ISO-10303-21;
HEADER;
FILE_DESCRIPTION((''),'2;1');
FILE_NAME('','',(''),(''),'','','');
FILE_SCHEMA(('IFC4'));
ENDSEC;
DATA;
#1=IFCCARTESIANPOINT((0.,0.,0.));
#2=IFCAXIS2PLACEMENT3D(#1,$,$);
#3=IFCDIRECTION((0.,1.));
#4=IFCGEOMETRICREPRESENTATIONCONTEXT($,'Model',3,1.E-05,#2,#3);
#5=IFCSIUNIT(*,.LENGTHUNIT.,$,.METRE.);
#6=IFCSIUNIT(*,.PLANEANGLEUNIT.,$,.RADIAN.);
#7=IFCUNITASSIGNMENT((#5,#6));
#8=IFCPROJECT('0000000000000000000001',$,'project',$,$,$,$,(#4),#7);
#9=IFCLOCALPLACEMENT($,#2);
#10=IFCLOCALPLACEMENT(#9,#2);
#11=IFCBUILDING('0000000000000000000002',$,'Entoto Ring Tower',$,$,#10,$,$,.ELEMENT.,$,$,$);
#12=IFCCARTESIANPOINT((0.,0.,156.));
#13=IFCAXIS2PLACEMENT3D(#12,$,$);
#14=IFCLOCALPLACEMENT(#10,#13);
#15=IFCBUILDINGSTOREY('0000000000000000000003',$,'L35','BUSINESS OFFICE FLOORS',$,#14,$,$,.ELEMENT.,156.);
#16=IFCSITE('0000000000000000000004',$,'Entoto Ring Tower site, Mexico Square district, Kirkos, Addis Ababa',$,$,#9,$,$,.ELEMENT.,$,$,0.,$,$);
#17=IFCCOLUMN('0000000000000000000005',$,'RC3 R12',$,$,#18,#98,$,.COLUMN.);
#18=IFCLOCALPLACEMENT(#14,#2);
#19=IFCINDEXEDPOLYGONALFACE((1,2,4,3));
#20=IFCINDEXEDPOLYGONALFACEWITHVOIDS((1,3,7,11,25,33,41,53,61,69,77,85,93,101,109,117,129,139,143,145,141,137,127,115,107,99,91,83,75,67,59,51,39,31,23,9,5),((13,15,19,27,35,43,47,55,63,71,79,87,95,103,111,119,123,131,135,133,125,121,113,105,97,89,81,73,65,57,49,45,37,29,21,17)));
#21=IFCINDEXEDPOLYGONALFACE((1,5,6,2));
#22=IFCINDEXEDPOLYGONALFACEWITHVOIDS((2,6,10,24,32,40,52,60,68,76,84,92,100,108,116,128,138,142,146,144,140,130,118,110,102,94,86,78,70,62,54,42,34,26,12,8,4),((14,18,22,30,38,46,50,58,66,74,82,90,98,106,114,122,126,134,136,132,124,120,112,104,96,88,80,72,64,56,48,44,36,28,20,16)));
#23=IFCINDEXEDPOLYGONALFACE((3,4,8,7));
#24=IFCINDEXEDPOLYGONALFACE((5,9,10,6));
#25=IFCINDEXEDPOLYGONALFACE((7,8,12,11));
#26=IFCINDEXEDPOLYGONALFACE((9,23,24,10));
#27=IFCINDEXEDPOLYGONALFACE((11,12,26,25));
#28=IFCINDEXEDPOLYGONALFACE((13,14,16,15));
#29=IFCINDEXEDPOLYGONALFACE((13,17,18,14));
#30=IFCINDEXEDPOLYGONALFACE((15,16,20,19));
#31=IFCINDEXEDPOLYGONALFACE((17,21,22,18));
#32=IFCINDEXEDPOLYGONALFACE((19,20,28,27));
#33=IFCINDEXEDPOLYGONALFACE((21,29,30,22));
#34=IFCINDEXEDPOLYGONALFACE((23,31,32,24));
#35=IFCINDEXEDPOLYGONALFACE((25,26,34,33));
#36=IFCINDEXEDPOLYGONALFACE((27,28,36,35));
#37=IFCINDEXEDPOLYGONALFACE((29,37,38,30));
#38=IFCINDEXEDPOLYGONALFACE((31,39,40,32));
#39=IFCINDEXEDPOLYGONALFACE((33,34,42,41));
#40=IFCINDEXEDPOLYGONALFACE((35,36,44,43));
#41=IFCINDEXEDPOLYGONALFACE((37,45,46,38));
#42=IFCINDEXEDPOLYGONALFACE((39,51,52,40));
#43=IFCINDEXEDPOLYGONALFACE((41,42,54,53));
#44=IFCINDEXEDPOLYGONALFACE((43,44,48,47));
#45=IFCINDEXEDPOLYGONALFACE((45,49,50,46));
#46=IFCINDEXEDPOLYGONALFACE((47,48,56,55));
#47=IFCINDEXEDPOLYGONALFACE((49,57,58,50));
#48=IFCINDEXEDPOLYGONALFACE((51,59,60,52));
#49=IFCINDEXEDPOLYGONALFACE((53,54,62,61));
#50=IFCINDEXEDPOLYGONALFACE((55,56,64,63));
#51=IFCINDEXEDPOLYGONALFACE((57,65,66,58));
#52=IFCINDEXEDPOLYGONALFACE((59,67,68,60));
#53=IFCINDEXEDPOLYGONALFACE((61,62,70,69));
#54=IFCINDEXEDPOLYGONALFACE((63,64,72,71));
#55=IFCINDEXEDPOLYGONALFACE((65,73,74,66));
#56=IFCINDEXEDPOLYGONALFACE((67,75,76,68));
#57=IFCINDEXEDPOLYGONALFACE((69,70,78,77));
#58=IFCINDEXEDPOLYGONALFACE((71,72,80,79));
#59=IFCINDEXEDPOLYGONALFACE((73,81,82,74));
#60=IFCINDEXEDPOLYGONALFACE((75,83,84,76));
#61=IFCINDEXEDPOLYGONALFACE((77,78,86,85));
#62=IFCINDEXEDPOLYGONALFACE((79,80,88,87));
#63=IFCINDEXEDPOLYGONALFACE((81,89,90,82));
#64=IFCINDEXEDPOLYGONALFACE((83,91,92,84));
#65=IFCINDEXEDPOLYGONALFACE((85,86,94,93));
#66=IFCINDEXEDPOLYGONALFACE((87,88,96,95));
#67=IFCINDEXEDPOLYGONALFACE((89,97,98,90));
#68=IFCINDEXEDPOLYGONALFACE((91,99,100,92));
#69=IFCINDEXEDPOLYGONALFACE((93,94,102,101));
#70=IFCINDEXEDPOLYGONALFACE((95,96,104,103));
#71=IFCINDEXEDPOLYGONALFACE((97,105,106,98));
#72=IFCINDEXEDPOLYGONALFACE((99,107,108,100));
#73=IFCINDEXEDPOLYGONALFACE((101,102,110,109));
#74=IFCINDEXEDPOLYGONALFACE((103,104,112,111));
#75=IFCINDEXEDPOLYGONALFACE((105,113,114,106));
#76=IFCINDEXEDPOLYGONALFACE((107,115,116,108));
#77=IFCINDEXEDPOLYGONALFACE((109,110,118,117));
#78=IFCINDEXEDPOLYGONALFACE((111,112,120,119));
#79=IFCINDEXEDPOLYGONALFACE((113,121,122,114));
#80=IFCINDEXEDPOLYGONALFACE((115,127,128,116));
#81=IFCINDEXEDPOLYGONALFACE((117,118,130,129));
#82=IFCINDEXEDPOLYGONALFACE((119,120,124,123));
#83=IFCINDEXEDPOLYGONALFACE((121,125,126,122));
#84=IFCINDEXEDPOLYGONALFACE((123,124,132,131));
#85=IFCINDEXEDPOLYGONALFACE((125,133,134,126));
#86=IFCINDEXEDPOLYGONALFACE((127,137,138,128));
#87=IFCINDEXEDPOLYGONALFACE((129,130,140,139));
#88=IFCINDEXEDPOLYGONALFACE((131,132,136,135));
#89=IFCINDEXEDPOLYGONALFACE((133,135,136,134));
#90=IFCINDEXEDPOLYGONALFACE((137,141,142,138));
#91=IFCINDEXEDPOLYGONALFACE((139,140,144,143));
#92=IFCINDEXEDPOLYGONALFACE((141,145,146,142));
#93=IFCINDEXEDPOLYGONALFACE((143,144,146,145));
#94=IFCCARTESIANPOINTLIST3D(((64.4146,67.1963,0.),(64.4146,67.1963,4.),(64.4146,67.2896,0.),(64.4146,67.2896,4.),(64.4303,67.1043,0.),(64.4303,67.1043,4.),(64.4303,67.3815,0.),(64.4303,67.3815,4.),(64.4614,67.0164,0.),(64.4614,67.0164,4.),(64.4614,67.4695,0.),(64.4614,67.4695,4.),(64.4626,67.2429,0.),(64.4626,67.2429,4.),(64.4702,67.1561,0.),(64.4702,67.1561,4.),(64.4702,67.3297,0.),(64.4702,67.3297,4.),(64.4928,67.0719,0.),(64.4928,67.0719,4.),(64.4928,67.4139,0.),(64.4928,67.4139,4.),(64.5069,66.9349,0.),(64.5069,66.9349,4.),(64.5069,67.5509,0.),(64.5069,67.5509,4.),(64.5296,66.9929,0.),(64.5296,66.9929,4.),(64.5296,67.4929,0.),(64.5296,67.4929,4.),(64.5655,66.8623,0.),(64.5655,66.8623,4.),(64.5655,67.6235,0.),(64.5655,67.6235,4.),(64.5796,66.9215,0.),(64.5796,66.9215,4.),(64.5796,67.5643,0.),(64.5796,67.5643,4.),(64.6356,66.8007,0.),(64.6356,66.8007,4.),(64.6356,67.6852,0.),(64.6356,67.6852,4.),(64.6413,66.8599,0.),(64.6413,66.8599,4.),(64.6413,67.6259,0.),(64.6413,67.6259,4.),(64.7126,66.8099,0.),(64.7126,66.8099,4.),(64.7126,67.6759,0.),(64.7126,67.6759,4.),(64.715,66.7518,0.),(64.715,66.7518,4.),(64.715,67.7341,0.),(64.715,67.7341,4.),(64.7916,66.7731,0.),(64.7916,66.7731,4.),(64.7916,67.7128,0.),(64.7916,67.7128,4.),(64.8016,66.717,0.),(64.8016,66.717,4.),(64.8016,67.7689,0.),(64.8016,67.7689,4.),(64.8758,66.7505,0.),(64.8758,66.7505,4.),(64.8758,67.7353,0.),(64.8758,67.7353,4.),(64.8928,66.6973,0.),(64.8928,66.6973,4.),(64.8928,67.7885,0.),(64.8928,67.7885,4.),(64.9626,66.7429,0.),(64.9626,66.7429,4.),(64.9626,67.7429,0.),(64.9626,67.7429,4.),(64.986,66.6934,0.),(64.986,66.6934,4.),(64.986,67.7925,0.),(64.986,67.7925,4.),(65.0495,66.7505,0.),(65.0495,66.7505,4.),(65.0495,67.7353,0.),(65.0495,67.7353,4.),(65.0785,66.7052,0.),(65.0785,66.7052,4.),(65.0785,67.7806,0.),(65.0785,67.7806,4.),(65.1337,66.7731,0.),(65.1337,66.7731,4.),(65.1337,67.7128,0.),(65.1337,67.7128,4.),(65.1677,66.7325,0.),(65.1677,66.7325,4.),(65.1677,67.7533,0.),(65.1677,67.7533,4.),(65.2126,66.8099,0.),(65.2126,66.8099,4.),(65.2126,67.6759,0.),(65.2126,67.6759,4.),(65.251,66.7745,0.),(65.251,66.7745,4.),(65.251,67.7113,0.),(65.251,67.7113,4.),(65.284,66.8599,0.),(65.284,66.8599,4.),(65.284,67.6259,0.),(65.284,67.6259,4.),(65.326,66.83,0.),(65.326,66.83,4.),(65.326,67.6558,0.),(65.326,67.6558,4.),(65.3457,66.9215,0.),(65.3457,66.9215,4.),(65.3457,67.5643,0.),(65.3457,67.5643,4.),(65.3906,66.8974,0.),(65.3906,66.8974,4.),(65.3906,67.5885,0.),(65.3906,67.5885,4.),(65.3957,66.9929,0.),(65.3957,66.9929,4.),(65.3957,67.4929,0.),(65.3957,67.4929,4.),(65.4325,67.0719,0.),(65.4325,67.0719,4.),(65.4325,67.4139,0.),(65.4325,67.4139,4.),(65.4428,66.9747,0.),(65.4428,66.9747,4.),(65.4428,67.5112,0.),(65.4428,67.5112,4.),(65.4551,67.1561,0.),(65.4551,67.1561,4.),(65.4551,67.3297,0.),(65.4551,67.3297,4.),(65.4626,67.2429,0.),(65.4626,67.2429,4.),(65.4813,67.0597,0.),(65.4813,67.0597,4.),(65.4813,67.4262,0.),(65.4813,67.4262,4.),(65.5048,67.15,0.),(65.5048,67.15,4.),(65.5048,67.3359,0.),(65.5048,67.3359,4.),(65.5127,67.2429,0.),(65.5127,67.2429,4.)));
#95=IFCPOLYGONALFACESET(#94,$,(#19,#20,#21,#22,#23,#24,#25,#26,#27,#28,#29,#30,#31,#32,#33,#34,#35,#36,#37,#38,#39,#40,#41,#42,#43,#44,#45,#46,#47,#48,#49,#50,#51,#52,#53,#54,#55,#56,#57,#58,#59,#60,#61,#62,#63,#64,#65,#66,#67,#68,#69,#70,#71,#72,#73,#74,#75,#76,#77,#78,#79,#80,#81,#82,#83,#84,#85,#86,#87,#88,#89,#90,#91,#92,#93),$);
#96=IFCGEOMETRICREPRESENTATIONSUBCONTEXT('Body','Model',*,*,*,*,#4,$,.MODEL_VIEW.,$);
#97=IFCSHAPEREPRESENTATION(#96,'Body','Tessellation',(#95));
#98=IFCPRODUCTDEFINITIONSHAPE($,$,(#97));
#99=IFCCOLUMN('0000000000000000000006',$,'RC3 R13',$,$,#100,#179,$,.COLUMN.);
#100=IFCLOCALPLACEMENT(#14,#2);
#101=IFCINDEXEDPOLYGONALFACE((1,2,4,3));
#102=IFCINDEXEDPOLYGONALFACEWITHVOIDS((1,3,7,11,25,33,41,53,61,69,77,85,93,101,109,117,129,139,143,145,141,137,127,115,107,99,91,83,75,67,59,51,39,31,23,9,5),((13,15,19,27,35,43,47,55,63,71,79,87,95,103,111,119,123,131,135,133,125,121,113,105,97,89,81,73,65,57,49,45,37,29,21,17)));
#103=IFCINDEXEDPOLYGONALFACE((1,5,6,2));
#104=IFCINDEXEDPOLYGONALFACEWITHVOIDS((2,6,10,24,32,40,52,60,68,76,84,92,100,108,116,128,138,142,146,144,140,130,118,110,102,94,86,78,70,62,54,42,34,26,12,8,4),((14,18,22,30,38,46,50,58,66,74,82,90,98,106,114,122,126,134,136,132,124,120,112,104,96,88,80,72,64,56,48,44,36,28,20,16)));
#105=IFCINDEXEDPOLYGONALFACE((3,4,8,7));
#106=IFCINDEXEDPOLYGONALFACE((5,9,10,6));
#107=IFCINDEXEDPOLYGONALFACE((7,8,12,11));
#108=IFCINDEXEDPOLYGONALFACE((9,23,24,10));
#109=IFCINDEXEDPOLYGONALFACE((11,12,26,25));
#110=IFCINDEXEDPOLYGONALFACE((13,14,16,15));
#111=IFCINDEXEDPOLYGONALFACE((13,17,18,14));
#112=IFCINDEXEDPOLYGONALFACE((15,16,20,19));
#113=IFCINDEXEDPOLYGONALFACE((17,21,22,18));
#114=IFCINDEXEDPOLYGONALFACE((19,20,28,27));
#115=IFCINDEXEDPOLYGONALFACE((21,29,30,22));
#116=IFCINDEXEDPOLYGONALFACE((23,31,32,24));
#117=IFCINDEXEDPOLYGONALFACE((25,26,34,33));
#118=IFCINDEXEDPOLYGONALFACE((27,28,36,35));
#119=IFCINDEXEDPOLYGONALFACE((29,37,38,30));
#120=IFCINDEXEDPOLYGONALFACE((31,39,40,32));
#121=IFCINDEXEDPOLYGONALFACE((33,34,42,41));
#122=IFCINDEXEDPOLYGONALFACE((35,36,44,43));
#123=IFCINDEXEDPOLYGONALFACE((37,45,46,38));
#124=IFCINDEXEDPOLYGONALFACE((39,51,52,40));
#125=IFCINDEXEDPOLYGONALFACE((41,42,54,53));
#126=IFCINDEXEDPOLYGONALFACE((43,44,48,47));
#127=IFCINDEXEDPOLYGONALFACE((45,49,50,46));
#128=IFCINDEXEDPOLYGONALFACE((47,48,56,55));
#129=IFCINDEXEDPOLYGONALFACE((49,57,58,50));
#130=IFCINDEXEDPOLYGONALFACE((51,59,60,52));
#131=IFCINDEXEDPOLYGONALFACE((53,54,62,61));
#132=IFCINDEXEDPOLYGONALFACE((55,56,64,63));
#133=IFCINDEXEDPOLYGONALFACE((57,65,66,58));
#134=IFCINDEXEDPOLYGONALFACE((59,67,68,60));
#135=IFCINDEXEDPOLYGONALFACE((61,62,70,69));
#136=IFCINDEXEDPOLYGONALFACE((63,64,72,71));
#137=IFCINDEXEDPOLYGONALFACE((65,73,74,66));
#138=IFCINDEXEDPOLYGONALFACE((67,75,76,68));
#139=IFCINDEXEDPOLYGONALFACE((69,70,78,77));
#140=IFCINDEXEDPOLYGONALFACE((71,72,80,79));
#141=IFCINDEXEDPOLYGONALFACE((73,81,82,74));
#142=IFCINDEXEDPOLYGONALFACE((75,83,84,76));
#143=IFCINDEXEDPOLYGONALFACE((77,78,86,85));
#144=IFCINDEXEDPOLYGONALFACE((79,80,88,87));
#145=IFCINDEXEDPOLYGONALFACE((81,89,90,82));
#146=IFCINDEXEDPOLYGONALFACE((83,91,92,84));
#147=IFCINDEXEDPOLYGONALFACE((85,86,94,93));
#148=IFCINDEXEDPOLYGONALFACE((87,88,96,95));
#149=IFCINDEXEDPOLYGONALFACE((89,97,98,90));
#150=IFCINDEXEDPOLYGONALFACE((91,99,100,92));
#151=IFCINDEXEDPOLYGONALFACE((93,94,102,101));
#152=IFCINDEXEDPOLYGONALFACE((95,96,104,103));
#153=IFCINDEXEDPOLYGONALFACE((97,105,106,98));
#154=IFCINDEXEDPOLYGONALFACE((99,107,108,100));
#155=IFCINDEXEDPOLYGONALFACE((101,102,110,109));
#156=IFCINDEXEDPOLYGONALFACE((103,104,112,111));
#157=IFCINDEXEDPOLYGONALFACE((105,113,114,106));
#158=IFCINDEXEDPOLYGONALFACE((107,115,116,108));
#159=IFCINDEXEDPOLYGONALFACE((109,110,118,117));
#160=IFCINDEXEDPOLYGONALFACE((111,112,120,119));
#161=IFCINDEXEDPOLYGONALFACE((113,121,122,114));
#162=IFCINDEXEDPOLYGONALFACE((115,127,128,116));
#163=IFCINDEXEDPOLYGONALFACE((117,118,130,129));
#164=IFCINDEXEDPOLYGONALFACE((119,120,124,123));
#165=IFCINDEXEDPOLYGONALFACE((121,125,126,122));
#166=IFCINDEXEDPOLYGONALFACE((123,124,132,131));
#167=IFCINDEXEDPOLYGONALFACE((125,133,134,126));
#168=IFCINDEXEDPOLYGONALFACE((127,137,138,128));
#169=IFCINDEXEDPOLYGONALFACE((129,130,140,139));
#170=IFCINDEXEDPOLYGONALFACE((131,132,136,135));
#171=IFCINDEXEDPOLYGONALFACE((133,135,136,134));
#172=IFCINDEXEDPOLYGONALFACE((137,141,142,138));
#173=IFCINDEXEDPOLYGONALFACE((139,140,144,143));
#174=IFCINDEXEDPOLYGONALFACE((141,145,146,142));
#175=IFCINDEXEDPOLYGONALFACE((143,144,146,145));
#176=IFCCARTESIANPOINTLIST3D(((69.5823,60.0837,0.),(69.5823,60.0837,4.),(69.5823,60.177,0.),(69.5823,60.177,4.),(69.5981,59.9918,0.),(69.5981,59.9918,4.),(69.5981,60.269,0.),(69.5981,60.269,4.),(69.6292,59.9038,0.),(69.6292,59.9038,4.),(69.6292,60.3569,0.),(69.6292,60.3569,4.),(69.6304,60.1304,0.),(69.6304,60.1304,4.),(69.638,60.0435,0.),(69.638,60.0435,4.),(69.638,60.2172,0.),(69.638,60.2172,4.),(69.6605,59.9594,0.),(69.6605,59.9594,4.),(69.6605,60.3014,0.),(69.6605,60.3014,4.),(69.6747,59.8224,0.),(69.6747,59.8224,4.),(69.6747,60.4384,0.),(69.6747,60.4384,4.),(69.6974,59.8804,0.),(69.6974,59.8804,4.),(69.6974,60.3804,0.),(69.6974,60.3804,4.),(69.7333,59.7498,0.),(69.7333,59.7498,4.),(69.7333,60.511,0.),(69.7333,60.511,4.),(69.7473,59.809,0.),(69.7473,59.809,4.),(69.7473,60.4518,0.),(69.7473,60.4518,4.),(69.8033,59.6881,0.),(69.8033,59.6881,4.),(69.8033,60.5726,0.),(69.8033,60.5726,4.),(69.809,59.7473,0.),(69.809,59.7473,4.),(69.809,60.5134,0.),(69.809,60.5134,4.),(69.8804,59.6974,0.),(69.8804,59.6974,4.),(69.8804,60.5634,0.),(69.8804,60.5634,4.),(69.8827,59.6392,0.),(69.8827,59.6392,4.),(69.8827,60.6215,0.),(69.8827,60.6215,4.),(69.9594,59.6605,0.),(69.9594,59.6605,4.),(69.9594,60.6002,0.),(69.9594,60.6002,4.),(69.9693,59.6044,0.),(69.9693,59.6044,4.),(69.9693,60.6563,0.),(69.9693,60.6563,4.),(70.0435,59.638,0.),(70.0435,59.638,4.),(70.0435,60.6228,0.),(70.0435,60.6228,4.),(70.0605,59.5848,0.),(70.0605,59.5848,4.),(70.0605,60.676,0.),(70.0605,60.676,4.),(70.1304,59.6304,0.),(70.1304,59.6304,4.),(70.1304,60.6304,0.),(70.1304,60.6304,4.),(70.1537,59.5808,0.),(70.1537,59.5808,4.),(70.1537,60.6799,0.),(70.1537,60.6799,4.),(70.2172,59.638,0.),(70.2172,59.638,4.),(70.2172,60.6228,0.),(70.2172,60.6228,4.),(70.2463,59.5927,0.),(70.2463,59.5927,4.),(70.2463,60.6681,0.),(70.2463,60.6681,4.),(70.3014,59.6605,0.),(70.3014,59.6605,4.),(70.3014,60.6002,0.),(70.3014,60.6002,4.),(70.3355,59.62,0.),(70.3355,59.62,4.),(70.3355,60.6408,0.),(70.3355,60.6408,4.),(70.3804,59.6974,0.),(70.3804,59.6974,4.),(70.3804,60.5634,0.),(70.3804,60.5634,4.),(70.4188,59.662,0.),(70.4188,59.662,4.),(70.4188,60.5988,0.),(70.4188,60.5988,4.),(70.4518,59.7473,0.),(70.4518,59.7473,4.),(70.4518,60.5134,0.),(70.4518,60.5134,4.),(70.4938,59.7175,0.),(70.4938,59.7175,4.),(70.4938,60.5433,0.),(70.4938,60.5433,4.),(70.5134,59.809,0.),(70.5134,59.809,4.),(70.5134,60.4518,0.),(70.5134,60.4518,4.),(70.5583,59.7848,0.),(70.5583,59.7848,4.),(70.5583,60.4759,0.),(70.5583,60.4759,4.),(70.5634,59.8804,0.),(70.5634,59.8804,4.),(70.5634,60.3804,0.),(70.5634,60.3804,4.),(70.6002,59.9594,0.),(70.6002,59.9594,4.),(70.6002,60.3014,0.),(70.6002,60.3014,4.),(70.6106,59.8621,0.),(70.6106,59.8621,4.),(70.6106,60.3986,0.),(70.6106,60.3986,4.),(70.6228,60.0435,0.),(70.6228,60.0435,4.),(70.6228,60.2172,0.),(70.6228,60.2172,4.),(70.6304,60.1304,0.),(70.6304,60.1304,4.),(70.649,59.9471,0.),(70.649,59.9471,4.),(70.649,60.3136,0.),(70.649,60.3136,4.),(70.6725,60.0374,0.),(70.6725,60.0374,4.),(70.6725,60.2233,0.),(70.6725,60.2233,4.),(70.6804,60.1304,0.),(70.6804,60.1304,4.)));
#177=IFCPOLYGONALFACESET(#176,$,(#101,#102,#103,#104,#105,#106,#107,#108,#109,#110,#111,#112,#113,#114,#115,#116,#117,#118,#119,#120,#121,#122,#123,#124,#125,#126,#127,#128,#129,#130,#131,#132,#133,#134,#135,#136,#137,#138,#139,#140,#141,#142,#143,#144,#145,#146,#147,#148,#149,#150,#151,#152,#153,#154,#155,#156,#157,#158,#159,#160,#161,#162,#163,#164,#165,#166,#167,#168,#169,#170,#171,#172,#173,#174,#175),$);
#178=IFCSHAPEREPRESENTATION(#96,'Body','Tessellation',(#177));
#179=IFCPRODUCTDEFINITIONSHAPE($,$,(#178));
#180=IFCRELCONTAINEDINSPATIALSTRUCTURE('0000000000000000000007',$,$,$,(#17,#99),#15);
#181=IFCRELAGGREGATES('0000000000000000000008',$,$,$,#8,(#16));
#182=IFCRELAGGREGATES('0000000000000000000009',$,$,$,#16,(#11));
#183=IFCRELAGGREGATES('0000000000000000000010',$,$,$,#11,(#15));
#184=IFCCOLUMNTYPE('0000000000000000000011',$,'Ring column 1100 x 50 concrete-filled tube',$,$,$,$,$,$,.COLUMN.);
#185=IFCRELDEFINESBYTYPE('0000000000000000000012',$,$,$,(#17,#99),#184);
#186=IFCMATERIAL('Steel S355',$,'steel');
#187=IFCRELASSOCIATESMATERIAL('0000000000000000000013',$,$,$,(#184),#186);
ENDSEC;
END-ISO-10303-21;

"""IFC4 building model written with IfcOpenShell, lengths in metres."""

from ifc_helpers import new_model, si_unit, direction, frame, origin, origin_2d, place, context, subcontext, project, spatial, circle, hollow_circle, extrude, material, material_profile, profile_set, type_object, element, save


model = new_model("IFC4")

# Units and contexts
model_context = context("Model", 3, precision=1e-05, world=origin(), true_north=direction((0.0, 1.0)))
body_context = subcontext(model_context, "Body", "Model", "MODEL_VIEW")
ifc_project = project(units=[si_unit("LENGTHUNIT", "METRE"), si_unit("PLANEANGLEUNIT", "RADIAN")], contexts=[model_context])

# Site, building, storey
site_placement = place(None, origin())
site = spatial("IfcSite", under=ifc_project, at=site_placement, Name="Entoto Ring Tower site, Mexico Square district, Kirkos, Addis Ababa", CompositionType="ELEMENT", RefElevation=0.0)
building_placement = place(site_placement, origin())
building = spatial("IfcBuilding", under=site, at=building_placement, Name="Entoto Ring Tower", CompositionType="ELEMENT")
storey_placement = place(building_placement, frame((0.0, 0.0, 156.0)))
storey = spatial("IfcBuildingStorey", under=building, at=storey_placement, Name="L35", Description="BUSINESS OFFICE FLOORS", CompositionType="ELEMENT", Elevation=156.0)

# Columns
ifc_material_1 = material(Name="Steel S355", Category="steel")
ifc_material_profile_1 = material_profile(ifc_material_1, hollow_circle(Radius=0.55, WallThickness=0.05, at=origin_2d()), Name="CHS 1100 x 50")
ifc_material_2 = material(Name="Concrete C60/75", Category="concrete")
ifc_material_profile_2 = material_profile(ifc_material_2, circle(Radius=0.5, at=origin_2d()), Name="Concrete C60/75 infill")
ifc_profile_set_1 = profile_set([ifc_material_profile_1, ifc_material_profile_2], Name="Steel S355")
column_type = type_object("IfcColumnType", Name="Ring column 1100 x 50 concrete-filled tube", PredefinedType="COLUMN", material=ifc_profile_set_1)
for number, where, z_axis, x_axis, name in (
    (1, (64.9626, 67.2429, 0.0), (0.0, 0.0, 1.0), (1.0, 0.0, 0.0), "RC3 R12"),
    (2, (70.1304, 60.1304, 0.0), (0.0, 0.0, 1.0), (1.0, 0.0, 0.0), "RC3 R13"),
):
    element("IfcColumn", number, at=place(storey_placement, frame(where, z_axis=z_axis, x_axis=x_axis)), inside=storey, type_object=column_type, Name=name, PredefinedType="COLUMN", context=body_context, shape_type="SweptSolid", body=[
        extrude(hollow_circle(Radius=0.55, WallThickness=0.05, at=origin_2d()), origin(), (0.0, 0.0, 1.0), 4.0),
    ])

save(model, "model.ifc")
